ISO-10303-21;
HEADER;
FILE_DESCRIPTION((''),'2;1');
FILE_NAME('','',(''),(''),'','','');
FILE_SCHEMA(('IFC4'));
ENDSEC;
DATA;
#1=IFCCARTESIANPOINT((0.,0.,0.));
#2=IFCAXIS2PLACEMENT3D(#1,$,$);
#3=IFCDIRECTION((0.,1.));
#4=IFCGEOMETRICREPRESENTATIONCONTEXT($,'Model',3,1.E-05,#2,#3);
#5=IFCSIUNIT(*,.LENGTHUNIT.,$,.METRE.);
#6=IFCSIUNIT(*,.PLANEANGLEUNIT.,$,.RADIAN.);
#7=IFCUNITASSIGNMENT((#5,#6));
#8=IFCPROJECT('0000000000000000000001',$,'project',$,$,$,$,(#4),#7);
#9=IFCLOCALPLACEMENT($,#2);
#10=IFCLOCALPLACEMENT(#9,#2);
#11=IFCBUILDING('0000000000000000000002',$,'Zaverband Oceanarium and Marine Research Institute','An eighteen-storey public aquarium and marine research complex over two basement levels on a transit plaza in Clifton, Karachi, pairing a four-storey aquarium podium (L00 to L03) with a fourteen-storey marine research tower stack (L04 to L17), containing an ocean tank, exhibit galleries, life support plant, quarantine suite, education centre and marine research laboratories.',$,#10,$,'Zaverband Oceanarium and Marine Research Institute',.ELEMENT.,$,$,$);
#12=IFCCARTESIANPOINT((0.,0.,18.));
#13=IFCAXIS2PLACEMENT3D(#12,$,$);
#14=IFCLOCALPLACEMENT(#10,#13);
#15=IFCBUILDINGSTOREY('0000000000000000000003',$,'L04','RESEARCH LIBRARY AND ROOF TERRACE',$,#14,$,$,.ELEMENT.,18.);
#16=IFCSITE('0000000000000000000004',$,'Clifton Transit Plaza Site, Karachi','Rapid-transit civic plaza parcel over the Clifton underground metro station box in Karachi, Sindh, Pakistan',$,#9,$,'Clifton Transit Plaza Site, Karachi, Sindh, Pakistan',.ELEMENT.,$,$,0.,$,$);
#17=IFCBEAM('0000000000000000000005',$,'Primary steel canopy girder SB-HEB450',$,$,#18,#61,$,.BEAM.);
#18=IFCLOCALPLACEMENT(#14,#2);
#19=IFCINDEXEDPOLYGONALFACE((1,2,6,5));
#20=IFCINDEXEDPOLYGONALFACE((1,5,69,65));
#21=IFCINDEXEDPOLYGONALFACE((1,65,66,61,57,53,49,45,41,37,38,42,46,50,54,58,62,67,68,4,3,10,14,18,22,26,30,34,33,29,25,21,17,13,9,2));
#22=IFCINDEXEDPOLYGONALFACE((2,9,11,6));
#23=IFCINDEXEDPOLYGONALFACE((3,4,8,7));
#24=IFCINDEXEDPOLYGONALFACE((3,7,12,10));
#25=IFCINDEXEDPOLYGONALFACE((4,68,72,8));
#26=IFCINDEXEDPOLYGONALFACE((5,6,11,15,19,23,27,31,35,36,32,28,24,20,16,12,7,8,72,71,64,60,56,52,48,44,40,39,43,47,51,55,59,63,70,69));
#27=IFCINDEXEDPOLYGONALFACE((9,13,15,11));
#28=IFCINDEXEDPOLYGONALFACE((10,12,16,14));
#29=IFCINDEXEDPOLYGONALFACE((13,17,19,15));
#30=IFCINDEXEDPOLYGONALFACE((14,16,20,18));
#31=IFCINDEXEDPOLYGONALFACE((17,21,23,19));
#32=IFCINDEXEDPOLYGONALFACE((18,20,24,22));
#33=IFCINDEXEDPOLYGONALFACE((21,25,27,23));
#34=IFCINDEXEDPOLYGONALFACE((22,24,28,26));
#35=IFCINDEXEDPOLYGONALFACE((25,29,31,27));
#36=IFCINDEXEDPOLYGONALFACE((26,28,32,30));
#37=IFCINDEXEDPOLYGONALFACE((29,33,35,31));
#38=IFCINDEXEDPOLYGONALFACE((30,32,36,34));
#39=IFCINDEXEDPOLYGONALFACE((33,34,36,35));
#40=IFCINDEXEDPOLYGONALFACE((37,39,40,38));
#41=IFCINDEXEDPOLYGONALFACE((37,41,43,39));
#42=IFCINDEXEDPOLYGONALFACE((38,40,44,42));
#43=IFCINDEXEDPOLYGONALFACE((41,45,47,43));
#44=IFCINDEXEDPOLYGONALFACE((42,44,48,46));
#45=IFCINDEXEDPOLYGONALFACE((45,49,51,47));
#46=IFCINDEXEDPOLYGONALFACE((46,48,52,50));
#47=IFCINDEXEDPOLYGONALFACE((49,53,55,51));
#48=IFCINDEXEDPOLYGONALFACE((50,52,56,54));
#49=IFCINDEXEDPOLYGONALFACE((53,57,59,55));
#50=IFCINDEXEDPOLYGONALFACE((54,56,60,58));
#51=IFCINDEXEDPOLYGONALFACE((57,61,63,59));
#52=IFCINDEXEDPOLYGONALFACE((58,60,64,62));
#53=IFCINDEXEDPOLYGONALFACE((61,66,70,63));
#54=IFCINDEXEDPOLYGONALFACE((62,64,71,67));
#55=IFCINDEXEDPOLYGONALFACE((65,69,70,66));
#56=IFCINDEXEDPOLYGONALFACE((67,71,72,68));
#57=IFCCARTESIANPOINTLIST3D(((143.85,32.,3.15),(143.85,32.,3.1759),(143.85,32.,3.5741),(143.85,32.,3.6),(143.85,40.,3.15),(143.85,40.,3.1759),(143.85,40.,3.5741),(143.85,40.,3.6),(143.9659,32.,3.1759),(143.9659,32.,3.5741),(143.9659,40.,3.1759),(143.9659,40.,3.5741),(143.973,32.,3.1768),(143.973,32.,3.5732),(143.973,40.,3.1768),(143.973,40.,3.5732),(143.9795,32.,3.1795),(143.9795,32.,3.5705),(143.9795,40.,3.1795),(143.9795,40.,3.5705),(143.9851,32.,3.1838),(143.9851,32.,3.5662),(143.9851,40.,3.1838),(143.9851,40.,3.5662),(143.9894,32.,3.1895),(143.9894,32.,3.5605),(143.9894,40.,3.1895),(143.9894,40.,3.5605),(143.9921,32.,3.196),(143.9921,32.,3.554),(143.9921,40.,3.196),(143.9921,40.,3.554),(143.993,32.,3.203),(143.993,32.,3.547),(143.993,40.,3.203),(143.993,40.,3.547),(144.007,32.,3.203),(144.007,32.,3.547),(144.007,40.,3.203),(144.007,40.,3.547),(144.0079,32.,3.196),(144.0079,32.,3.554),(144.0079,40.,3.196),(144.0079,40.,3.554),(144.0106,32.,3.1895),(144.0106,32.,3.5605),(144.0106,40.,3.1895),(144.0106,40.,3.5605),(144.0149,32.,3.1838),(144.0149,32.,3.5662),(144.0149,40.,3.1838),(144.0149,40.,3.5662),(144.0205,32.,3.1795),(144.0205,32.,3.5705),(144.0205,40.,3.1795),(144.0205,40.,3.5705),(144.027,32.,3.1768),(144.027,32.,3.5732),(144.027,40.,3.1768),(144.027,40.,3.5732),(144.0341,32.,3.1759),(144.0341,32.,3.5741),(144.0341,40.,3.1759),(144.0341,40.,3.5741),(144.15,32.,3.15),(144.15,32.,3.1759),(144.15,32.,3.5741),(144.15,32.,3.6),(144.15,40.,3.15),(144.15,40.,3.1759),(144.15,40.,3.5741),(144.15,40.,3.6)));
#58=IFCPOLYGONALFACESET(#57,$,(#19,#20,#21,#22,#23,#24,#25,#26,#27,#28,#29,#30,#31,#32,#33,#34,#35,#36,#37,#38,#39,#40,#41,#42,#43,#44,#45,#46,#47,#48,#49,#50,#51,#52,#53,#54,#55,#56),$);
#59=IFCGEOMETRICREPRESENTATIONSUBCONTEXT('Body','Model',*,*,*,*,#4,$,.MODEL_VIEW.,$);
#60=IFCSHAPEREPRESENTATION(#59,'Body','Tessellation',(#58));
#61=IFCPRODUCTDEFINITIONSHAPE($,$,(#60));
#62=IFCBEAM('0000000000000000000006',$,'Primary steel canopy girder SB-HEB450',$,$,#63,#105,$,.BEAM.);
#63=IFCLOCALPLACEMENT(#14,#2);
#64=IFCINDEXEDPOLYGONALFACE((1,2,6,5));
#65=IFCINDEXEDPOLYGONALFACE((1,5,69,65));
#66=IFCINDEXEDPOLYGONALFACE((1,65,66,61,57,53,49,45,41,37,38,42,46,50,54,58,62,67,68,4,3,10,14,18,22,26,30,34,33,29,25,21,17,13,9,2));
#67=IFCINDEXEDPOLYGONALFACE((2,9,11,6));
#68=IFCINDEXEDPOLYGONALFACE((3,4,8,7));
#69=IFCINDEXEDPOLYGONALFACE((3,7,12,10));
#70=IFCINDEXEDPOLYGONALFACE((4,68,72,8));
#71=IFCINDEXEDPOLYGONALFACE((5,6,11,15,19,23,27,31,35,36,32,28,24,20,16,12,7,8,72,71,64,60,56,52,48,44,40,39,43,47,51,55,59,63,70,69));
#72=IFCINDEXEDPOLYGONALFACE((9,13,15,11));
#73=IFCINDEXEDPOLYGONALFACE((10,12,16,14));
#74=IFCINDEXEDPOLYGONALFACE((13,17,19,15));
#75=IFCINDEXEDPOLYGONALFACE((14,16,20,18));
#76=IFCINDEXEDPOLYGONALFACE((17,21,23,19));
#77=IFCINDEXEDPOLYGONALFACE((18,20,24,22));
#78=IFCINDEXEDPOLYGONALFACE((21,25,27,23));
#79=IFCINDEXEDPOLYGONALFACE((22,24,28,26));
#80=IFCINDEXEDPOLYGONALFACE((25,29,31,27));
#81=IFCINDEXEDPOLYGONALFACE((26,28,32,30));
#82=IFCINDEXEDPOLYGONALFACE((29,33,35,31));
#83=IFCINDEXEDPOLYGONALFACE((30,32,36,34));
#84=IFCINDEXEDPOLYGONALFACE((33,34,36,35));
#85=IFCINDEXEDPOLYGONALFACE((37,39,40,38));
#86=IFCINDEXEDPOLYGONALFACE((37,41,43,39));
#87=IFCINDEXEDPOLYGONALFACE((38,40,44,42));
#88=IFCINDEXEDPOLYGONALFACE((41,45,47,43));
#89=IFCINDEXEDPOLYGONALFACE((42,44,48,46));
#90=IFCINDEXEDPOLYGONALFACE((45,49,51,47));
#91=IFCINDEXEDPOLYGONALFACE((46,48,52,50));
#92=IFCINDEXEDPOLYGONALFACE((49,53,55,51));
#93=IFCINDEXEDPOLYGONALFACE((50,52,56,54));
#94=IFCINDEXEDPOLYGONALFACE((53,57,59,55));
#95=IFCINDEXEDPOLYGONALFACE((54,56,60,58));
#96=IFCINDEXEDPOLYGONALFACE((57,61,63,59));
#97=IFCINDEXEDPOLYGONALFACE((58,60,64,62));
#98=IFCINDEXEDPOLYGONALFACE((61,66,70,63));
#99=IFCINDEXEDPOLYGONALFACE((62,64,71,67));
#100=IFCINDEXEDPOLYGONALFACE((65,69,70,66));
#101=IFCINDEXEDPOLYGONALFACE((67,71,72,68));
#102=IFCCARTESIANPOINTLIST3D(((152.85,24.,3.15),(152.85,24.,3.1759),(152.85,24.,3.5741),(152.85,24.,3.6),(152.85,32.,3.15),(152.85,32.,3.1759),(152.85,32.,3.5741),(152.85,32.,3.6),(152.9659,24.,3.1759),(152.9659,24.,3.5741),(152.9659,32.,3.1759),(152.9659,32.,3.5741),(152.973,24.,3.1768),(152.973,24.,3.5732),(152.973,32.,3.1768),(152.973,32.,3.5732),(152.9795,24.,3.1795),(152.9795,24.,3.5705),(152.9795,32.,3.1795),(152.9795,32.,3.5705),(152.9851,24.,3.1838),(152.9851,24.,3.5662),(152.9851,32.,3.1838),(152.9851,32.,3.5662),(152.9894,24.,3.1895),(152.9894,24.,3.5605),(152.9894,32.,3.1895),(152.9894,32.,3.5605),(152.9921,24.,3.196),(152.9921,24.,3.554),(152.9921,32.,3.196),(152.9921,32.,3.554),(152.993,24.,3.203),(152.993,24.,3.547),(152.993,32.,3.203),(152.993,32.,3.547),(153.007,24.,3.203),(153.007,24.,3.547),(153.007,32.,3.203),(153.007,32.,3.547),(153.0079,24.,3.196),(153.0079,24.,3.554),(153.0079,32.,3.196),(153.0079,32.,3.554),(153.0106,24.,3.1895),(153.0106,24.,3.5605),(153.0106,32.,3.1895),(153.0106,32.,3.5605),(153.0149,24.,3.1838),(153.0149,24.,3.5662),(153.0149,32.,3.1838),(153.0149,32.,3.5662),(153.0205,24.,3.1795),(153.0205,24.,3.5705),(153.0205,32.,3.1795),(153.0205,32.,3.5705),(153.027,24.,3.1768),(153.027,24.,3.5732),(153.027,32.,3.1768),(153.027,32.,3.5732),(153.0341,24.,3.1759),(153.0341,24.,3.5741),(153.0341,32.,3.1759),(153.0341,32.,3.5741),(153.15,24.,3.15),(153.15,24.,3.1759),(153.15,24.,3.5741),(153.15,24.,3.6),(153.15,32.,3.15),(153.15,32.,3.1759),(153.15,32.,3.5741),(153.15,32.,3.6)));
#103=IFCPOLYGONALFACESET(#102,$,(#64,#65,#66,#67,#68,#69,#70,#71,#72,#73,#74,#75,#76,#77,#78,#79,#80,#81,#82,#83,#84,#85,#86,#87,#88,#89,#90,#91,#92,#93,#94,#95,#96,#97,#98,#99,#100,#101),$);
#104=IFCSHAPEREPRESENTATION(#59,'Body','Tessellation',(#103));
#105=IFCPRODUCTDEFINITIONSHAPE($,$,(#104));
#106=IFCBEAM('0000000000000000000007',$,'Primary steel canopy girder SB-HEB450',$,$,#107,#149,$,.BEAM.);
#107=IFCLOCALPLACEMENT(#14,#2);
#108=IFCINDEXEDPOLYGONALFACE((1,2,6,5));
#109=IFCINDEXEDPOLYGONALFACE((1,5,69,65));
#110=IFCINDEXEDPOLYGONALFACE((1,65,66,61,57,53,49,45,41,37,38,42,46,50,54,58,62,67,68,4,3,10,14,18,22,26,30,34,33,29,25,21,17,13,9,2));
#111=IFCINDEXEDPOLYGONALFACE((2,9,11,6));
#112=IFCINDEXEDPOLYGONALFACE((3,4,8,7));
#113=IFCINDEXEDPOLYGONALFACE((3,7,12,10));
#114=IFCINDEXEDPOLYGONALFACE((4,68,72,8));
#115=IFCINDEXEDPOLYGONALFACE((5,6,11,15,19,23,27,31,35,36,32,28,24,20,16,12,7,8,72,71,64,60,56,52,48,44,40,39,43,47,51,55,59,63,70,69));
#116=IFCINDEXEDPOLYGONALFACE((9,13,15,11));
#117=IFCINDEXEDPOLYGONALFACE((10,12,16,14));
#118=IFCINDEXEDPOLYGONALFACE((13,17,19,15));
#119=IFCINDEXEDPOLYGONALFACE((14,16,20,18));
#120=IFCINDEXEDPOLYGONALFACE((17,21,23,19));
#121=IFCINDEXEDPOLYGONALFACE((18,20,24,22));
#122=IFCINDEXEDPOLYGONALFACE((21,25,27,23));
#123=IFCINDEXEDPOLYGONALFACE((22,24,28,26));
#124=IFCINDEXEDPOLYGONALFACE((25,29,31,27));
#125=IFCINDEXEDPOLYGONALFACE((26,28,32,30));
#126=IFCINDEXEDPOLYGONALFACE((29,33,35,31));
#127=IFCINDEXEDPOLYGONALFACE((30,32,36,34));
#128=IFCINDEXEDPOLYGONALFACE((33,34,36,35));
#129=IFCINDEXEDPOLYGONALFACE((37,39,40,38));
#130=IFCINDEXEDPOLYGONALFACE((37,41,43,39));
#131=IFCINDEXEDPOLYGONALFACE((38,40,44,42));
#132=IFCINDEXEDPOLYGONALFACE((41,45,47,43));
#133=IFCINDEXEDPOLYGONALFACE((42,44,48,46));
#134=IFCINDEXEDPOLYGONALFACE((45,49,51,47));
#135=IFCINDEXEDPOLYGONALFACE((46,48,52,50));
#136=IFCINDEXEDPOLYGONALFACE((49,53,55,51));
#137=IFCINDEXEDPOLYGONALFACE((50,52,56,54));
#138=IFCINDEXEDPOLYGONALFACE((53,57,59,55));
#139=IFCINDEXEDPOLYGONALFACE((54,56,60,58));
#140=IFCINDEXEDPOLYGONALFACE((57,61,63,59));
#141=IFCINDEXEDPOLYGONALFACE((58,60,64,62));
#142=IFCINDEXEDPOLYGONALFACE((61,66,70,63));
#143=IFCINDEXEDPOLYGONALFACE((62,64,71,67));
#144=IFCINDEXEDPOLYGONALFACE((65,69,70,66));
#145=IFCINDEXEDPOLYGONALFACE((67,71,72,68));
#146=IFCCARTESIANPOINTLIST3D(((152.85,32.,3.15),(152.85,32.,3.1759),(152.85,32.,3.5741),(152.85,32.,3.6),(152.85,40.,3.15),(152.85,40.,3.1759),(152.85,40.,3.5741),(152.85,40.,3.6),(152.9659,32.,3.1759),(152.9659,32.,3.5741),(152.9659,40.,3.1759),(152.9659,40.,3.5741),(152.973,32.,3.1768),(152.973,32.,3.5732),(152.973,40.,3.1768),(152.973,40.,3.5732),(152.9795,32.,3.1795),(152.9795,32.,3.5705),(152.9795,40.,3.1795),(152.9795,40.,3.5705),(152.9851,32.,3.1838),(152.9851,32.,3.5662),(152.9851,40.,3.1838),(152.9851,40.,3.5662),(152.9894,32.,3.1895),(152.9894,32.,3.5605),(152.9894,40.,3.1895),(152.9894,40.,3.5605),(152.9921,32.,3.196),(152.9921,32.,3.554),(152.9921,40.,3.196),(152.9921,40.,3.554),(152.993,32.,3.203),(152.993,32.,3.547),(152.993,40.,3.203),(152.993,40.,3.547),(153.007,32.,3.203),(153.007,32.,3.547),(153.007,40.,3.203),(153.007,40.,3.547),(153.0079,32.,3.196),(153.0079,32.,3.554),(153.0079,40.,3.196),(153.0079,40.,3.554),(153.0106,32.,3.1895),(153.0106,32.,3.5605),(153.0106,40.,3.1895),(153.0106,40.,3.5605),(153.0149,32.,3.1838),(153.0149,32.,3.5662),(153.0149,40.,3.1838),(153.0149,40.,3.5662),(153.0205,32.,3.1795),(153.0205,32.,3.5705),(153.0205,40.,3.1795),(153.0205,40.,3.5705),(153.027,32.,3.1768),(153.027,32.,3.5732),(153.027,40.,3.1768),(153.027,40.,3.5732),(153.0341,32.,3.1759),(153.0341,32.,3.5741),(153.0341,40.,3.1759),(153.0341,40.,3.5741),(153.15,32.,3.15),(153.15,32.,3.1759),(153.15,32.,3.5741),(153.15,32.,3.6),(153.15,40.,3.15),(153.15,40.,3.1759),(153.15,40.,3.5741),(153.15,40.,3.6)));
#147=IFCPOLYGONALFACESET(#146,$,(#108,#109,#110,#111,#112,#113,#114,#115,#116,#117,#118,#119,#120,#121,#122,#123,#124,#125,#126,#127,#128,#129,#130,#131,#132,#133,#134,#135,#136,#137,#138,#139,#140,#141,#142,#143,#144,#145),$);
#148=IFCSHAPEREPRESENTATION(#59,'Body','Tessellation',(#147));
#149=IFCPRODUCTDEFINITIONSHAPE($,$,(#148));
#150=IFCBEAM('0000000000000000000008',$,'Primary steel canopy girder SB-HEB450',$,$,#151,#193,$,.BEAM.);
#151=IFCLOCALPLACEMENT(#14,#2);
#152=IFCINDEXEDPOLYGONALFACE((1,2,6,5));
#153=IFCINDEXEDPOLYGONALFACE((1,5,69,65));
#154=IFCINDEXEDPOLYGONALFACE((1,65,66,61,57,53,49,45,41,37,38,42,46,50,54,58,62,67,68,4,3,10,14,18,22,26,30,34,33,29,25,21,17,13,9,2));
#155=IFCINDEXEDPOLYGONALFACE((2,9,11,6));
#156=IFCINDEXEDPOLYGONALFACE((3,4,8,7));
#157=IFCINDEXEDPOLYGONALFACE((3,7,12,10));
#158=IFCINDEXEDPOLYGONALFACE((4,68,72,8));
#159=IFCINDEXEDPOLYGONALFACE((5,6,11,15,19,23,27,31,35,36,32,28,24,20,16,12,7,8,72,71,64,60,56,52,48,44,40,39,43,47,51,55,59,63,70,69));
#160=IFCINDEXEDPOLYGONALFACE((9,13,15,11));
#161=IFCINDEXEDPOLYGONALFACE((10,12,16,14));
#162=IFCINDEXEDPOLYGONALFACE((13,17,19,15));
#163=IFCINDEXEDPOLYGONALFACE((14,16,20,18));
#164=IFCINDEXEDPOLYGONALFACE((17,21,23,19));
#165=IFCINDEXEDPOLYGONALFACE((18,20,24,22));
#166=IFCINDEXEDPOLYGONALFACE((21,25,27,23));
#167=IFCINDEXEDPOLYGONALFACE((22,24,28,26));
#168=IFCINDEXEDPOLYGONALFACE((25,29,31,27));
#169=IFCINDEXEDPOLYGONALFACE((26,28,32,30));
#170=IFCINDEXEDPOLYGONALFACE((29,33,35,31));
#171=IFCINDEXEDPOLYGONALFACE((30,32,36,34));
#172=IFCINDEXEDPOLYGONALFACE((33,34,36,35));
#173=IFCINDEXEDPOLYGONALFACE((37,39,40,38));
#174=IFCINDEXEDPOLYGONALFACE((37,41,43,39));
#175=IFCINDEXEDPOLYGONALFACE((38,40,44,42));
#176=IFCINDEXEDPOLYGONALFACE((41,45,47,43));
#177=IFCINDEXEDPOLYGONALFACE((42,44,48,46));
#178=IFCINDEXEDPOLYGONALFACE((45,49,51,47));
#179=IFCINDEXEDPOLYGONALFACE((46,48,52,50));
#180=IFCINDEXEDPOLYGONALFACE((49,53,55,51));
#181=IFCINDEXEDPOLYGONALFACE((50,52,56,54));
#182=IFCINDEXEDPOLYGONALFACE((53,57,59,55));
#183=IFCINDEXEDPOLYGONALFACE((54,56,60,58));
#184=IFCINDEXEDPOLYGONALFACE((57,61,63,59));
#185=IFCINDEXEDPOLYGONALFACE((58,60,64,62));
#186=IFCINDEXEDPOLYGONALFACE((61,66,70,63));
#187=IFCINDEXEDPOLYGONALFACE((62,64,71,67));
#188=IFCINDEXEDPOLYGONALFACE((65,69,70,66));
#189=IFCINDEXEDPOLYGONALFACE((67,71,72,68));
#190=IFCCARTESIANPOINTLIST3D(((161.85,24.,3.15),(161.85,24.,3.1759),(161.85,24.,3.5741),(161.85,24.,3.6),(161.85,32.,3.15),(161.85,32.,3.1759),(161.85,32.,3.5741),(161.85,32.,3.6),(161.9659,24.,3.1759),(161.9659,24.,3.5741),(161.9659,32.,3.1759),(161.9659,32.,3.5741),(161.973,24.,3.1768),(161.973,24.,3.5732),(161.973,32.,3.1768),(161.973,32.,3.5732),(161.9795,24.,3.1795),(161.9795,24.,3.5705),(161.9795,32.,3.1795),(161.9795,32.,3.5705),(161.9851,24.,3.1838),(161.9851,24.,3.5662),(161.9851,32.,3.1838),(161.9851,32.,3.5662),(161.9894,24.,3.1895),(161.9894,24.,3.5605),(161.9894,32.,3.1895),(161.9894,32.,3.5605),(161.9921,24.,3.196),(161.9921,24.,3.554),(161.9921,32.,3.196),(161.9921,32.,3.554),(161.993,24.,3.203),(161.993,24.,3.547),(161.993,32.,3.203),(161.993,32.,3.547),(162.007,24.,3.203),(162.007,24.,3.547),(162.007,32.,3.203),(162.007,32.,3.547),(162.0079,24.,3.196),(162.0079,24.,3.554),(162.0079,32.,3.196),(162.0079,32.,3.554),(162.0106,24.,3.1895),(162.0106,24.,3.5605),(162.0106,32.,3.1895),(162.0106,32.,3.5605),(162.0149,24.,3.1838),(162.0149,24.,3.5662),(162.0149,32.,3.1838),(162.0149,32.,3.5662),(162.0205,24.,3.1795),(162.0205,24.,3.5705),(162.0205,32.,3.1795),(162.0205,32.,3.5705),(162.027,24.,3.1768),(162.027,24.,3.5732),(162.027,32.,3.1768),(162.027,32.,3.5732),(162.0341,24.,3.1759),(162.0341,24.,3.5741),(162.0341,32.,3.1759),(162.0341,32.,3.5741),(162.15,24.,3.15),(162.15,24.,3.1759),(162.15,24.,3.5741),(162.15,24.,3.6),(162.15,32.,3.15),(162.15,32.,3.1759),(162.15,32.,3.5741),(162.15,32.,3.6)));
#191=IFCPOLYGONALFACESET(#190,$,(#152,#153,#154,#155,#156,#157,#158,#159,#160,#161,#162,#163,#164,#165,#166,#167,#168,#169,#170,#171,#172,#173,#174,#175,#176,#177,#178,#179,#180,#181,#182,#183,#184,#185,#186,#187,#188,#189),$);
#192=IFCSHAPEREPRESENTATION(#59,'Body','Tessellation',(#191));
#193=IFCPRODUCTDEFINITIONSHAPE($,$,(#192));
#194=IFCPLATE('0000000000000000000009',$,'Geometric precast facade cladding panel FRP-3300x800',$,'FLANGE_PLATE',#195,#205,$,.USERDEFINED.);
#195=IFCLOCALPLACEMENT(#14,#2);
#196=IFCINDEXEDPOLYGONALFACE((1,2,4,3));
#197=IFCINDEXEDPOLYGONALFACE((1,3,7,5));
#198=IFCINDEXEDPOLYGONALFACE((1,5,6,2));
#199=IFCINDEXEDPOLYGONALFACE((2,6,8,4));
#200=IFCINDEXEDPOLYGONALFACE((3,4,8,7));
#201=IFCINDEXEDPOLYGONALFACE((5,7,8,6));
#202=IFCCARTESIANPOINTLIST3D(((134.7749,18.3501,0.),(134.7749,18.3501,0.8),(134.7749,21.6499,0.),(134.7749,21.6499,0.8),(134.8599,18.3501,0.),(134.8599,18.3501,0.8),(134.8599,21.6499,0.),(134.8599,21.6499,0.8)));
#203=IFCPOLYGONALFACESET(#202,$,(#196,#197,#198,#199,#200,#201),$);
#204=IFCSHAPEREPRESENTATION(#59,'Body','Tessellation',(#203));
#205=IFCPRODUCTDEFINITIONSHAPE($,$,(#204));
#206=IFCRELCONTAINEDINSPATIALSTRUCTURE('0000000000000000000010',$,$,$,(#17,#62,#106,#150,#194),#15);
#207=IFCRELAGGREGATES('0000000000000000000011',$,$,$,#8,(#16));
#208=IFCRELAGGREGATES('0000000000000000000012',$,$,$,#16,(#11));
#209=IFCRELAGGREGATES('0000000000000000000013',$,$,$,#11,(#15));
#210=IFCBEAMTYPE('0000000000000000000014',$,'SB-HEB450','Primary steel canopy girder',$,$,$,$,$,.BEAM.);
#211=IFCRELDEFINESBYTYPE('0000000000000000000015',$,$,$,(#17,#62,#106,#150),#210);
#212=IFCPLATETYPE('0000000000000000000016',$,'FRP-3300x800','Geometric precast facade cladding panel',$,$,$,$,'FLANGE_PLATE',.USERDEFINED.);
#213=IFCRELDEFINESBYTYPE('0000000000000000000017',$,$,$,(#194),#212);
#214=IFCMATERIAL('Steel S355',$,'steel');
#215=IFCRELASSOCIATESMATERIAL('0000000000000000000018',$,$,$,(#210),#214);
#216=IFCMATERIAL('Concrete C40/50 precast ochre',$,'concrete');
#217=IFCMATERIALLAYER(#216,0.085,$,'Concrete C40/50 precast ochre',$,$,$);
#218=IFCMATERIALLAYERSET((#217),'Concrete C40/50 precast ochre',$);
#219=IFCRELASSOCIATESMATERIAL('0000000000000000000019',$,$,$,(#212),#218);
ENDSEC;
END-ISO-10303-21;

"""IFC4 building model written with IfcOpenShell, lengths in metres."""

from ifc_helpers import new_model, si_unit, direction, frame, frame_2d, origin, origin_2d, place, context, subcontext, project, spatial, rectangle, i_section, extrude, material, layer, layer_set, material_profile, profile_set, type_object, element, save


model = new_model("IFC4")

# Units and contexts
model_context = context("Model", 3, precision=1e-05, world=origin(), true_north=direction((0.0, 1.0)))
body_context = subcontext(model_context, "Body", "Model", "MODEL_VIEW")
ifc_project = project(units=[si_unit("LENGTHUNIT", "METRE"), si_unit("PLANEANGLEUNIT", "RADIAN")], contexts=[model_context])

# Site, building, storey
site_placement = place(None, origin())
site = spatial("IfcSite", under=ifc_project, at=site_placement, Name="Clifton Transit Plaza Site, Karachi", Description="Rapid-transit civic plaza parcel over the Clifton underground metro station box in Karachi, Sindh, Pakistan", LongName="Clifton Transit Plaza Site, Karachi, Sindh, Pakistan", CompositionType="ELEMENT", RefElevation=0.0)
building_placement = place(site_placement, origin())
building = spatial("IfcBuilding", under=site, at=building_placement, Name="Zaverband Oceanarium and Marine Research Institute", Description="An eighteen-storey public aquarium and marine research complex over two basement levels on a transit plaza in Clifton, Karachi, pairing a four-storey aquarium podium (L00 to L03) with a fourteen-storey marine research tower stack (L04 to L17), containing an ocean tank, exhibit galleries, life support plant, quarantine suite, education centre and marine research laboratories.", LongName="Zaverband Oceanarium and Marine Research Institute", CompositionType="ELEMENT")
storey_placement = place(building_placement, frame((0.0, 0.0, 18.0)))
storey = spatial("IfcBuildingStorey", under=building, at=storey_placement, Name="L04", Description="RESEARCH LIBRARY AND ROOF TERRACE", CompositionType="ELEMENT", Elevation=18.0)

# Shared definitions
ifc_material_1 = material(Name="Steel S355", Category="steel")

# Beams
ifc_material_profile_1 = material_profile(ifc_material_1, i_section(OverallWidth=0.3, OverallDepth=0.45, WebThickness=0.0139, FlangeThickness=0.0259, FilletRadius=0.0271, at=origin_2d()), Name="HEB450")
ifc_profile_set_1 = profile_set([ifc_material_profile_1], Name="Steel S355")
beam_type = type_object("IfcBeamType", Name="SB-HEB450", Description="Primary steel canopy girder", PredefinedType="BEAM", material=ifc_profile_set_1)
for number, where, z_axis, x_axis, name in (
    (1, (144.0, 32.0, 3.375), (0.0, 1.0, 0.0), (-1.0, 0.0, 0.0), "Primary steel canopy girder SB-HEB450"),
    (2, (153.0, 24.0, 3.375), (0.0, 1.0, 0.0), (-1.0, 0.0, 0.0), "Primary steel canopy girder SB-HEB450"),
    (3, (153.0, 32.0, 3.375), (0.0, 1.0, 0.0), (-1.0, 0.0, 0.0), "Primary steel canopy girder SB-HEB450"),
    (4, (162.0, 24.0, 3.375), (0.0, 1.0, 0.0), (-1.0, 0.0, 0.0), "Primary steel canopy girder SB-HEB450"),
):
    element("IfcBeam", number, at=place(storey_placement, frame(where, z_axis=z_axis, x_axis=x_axis)), inside=storey, type_object=beam_type, Name=name, PredefinedType="BEAM", context=body_context, shape_type="SweptSolid", body=[
        extrude(i_section(OverallWidth=0.3, OverallDepth=0.45, WebThickness=0.0139, FlangeThickness=0.0259, FilletRadius=0.0271, at=origin_2d()), origin(), (0.0, 0.0, 1.0), 8.0),
    ])

# Plate
ifc_material_2 = material(Name="Concrete C40/50 precast ochre", Category="concrete")
ifc_layer_1 = layer(ifc_material_2, 0.085, Name="Concrete C40/50 precast ochre")
ifc_layer_set_1 = layer_set([ifc_layer_1], Name="Concrete C40/50 precast ochre")
plate_type = type_object("IfcPlateType", Name="FRP-3300x800", Description="Geometric precast facade cladding panel", ElementType="FLANGE_PLATE", PredefinedType="USERDEFINED", material=ifc_layer_set_1)
for number, where, z_axis, x_axis, name in (
    (5, (134.8174, 18.3501, 0.0), (0.0, 0.0, 1.0), (0.0, 1.0, 0.0), "Geometric precast facade cladding panel FRP-3300x800"),
):
    element("IfcPlate", number, at=place(storey_placement, frame(where, z_axis=z_axis, x_axis=x_axis)), inside=storey, type_object=plate_type, Name=name, ObjectType="FLANGE_PLATE", PredefinedType="USERDEFINED", context=body_context, shape_type="SweptSolid", body=[
        extrude(rectangle(XDim=3.2998, YDim=0.085, at=frame_2d((1.6499, 0.0))), origin(), (0.0, 0.0, 1.0), 0.8),
    ])

save(model, "model.ifc")
